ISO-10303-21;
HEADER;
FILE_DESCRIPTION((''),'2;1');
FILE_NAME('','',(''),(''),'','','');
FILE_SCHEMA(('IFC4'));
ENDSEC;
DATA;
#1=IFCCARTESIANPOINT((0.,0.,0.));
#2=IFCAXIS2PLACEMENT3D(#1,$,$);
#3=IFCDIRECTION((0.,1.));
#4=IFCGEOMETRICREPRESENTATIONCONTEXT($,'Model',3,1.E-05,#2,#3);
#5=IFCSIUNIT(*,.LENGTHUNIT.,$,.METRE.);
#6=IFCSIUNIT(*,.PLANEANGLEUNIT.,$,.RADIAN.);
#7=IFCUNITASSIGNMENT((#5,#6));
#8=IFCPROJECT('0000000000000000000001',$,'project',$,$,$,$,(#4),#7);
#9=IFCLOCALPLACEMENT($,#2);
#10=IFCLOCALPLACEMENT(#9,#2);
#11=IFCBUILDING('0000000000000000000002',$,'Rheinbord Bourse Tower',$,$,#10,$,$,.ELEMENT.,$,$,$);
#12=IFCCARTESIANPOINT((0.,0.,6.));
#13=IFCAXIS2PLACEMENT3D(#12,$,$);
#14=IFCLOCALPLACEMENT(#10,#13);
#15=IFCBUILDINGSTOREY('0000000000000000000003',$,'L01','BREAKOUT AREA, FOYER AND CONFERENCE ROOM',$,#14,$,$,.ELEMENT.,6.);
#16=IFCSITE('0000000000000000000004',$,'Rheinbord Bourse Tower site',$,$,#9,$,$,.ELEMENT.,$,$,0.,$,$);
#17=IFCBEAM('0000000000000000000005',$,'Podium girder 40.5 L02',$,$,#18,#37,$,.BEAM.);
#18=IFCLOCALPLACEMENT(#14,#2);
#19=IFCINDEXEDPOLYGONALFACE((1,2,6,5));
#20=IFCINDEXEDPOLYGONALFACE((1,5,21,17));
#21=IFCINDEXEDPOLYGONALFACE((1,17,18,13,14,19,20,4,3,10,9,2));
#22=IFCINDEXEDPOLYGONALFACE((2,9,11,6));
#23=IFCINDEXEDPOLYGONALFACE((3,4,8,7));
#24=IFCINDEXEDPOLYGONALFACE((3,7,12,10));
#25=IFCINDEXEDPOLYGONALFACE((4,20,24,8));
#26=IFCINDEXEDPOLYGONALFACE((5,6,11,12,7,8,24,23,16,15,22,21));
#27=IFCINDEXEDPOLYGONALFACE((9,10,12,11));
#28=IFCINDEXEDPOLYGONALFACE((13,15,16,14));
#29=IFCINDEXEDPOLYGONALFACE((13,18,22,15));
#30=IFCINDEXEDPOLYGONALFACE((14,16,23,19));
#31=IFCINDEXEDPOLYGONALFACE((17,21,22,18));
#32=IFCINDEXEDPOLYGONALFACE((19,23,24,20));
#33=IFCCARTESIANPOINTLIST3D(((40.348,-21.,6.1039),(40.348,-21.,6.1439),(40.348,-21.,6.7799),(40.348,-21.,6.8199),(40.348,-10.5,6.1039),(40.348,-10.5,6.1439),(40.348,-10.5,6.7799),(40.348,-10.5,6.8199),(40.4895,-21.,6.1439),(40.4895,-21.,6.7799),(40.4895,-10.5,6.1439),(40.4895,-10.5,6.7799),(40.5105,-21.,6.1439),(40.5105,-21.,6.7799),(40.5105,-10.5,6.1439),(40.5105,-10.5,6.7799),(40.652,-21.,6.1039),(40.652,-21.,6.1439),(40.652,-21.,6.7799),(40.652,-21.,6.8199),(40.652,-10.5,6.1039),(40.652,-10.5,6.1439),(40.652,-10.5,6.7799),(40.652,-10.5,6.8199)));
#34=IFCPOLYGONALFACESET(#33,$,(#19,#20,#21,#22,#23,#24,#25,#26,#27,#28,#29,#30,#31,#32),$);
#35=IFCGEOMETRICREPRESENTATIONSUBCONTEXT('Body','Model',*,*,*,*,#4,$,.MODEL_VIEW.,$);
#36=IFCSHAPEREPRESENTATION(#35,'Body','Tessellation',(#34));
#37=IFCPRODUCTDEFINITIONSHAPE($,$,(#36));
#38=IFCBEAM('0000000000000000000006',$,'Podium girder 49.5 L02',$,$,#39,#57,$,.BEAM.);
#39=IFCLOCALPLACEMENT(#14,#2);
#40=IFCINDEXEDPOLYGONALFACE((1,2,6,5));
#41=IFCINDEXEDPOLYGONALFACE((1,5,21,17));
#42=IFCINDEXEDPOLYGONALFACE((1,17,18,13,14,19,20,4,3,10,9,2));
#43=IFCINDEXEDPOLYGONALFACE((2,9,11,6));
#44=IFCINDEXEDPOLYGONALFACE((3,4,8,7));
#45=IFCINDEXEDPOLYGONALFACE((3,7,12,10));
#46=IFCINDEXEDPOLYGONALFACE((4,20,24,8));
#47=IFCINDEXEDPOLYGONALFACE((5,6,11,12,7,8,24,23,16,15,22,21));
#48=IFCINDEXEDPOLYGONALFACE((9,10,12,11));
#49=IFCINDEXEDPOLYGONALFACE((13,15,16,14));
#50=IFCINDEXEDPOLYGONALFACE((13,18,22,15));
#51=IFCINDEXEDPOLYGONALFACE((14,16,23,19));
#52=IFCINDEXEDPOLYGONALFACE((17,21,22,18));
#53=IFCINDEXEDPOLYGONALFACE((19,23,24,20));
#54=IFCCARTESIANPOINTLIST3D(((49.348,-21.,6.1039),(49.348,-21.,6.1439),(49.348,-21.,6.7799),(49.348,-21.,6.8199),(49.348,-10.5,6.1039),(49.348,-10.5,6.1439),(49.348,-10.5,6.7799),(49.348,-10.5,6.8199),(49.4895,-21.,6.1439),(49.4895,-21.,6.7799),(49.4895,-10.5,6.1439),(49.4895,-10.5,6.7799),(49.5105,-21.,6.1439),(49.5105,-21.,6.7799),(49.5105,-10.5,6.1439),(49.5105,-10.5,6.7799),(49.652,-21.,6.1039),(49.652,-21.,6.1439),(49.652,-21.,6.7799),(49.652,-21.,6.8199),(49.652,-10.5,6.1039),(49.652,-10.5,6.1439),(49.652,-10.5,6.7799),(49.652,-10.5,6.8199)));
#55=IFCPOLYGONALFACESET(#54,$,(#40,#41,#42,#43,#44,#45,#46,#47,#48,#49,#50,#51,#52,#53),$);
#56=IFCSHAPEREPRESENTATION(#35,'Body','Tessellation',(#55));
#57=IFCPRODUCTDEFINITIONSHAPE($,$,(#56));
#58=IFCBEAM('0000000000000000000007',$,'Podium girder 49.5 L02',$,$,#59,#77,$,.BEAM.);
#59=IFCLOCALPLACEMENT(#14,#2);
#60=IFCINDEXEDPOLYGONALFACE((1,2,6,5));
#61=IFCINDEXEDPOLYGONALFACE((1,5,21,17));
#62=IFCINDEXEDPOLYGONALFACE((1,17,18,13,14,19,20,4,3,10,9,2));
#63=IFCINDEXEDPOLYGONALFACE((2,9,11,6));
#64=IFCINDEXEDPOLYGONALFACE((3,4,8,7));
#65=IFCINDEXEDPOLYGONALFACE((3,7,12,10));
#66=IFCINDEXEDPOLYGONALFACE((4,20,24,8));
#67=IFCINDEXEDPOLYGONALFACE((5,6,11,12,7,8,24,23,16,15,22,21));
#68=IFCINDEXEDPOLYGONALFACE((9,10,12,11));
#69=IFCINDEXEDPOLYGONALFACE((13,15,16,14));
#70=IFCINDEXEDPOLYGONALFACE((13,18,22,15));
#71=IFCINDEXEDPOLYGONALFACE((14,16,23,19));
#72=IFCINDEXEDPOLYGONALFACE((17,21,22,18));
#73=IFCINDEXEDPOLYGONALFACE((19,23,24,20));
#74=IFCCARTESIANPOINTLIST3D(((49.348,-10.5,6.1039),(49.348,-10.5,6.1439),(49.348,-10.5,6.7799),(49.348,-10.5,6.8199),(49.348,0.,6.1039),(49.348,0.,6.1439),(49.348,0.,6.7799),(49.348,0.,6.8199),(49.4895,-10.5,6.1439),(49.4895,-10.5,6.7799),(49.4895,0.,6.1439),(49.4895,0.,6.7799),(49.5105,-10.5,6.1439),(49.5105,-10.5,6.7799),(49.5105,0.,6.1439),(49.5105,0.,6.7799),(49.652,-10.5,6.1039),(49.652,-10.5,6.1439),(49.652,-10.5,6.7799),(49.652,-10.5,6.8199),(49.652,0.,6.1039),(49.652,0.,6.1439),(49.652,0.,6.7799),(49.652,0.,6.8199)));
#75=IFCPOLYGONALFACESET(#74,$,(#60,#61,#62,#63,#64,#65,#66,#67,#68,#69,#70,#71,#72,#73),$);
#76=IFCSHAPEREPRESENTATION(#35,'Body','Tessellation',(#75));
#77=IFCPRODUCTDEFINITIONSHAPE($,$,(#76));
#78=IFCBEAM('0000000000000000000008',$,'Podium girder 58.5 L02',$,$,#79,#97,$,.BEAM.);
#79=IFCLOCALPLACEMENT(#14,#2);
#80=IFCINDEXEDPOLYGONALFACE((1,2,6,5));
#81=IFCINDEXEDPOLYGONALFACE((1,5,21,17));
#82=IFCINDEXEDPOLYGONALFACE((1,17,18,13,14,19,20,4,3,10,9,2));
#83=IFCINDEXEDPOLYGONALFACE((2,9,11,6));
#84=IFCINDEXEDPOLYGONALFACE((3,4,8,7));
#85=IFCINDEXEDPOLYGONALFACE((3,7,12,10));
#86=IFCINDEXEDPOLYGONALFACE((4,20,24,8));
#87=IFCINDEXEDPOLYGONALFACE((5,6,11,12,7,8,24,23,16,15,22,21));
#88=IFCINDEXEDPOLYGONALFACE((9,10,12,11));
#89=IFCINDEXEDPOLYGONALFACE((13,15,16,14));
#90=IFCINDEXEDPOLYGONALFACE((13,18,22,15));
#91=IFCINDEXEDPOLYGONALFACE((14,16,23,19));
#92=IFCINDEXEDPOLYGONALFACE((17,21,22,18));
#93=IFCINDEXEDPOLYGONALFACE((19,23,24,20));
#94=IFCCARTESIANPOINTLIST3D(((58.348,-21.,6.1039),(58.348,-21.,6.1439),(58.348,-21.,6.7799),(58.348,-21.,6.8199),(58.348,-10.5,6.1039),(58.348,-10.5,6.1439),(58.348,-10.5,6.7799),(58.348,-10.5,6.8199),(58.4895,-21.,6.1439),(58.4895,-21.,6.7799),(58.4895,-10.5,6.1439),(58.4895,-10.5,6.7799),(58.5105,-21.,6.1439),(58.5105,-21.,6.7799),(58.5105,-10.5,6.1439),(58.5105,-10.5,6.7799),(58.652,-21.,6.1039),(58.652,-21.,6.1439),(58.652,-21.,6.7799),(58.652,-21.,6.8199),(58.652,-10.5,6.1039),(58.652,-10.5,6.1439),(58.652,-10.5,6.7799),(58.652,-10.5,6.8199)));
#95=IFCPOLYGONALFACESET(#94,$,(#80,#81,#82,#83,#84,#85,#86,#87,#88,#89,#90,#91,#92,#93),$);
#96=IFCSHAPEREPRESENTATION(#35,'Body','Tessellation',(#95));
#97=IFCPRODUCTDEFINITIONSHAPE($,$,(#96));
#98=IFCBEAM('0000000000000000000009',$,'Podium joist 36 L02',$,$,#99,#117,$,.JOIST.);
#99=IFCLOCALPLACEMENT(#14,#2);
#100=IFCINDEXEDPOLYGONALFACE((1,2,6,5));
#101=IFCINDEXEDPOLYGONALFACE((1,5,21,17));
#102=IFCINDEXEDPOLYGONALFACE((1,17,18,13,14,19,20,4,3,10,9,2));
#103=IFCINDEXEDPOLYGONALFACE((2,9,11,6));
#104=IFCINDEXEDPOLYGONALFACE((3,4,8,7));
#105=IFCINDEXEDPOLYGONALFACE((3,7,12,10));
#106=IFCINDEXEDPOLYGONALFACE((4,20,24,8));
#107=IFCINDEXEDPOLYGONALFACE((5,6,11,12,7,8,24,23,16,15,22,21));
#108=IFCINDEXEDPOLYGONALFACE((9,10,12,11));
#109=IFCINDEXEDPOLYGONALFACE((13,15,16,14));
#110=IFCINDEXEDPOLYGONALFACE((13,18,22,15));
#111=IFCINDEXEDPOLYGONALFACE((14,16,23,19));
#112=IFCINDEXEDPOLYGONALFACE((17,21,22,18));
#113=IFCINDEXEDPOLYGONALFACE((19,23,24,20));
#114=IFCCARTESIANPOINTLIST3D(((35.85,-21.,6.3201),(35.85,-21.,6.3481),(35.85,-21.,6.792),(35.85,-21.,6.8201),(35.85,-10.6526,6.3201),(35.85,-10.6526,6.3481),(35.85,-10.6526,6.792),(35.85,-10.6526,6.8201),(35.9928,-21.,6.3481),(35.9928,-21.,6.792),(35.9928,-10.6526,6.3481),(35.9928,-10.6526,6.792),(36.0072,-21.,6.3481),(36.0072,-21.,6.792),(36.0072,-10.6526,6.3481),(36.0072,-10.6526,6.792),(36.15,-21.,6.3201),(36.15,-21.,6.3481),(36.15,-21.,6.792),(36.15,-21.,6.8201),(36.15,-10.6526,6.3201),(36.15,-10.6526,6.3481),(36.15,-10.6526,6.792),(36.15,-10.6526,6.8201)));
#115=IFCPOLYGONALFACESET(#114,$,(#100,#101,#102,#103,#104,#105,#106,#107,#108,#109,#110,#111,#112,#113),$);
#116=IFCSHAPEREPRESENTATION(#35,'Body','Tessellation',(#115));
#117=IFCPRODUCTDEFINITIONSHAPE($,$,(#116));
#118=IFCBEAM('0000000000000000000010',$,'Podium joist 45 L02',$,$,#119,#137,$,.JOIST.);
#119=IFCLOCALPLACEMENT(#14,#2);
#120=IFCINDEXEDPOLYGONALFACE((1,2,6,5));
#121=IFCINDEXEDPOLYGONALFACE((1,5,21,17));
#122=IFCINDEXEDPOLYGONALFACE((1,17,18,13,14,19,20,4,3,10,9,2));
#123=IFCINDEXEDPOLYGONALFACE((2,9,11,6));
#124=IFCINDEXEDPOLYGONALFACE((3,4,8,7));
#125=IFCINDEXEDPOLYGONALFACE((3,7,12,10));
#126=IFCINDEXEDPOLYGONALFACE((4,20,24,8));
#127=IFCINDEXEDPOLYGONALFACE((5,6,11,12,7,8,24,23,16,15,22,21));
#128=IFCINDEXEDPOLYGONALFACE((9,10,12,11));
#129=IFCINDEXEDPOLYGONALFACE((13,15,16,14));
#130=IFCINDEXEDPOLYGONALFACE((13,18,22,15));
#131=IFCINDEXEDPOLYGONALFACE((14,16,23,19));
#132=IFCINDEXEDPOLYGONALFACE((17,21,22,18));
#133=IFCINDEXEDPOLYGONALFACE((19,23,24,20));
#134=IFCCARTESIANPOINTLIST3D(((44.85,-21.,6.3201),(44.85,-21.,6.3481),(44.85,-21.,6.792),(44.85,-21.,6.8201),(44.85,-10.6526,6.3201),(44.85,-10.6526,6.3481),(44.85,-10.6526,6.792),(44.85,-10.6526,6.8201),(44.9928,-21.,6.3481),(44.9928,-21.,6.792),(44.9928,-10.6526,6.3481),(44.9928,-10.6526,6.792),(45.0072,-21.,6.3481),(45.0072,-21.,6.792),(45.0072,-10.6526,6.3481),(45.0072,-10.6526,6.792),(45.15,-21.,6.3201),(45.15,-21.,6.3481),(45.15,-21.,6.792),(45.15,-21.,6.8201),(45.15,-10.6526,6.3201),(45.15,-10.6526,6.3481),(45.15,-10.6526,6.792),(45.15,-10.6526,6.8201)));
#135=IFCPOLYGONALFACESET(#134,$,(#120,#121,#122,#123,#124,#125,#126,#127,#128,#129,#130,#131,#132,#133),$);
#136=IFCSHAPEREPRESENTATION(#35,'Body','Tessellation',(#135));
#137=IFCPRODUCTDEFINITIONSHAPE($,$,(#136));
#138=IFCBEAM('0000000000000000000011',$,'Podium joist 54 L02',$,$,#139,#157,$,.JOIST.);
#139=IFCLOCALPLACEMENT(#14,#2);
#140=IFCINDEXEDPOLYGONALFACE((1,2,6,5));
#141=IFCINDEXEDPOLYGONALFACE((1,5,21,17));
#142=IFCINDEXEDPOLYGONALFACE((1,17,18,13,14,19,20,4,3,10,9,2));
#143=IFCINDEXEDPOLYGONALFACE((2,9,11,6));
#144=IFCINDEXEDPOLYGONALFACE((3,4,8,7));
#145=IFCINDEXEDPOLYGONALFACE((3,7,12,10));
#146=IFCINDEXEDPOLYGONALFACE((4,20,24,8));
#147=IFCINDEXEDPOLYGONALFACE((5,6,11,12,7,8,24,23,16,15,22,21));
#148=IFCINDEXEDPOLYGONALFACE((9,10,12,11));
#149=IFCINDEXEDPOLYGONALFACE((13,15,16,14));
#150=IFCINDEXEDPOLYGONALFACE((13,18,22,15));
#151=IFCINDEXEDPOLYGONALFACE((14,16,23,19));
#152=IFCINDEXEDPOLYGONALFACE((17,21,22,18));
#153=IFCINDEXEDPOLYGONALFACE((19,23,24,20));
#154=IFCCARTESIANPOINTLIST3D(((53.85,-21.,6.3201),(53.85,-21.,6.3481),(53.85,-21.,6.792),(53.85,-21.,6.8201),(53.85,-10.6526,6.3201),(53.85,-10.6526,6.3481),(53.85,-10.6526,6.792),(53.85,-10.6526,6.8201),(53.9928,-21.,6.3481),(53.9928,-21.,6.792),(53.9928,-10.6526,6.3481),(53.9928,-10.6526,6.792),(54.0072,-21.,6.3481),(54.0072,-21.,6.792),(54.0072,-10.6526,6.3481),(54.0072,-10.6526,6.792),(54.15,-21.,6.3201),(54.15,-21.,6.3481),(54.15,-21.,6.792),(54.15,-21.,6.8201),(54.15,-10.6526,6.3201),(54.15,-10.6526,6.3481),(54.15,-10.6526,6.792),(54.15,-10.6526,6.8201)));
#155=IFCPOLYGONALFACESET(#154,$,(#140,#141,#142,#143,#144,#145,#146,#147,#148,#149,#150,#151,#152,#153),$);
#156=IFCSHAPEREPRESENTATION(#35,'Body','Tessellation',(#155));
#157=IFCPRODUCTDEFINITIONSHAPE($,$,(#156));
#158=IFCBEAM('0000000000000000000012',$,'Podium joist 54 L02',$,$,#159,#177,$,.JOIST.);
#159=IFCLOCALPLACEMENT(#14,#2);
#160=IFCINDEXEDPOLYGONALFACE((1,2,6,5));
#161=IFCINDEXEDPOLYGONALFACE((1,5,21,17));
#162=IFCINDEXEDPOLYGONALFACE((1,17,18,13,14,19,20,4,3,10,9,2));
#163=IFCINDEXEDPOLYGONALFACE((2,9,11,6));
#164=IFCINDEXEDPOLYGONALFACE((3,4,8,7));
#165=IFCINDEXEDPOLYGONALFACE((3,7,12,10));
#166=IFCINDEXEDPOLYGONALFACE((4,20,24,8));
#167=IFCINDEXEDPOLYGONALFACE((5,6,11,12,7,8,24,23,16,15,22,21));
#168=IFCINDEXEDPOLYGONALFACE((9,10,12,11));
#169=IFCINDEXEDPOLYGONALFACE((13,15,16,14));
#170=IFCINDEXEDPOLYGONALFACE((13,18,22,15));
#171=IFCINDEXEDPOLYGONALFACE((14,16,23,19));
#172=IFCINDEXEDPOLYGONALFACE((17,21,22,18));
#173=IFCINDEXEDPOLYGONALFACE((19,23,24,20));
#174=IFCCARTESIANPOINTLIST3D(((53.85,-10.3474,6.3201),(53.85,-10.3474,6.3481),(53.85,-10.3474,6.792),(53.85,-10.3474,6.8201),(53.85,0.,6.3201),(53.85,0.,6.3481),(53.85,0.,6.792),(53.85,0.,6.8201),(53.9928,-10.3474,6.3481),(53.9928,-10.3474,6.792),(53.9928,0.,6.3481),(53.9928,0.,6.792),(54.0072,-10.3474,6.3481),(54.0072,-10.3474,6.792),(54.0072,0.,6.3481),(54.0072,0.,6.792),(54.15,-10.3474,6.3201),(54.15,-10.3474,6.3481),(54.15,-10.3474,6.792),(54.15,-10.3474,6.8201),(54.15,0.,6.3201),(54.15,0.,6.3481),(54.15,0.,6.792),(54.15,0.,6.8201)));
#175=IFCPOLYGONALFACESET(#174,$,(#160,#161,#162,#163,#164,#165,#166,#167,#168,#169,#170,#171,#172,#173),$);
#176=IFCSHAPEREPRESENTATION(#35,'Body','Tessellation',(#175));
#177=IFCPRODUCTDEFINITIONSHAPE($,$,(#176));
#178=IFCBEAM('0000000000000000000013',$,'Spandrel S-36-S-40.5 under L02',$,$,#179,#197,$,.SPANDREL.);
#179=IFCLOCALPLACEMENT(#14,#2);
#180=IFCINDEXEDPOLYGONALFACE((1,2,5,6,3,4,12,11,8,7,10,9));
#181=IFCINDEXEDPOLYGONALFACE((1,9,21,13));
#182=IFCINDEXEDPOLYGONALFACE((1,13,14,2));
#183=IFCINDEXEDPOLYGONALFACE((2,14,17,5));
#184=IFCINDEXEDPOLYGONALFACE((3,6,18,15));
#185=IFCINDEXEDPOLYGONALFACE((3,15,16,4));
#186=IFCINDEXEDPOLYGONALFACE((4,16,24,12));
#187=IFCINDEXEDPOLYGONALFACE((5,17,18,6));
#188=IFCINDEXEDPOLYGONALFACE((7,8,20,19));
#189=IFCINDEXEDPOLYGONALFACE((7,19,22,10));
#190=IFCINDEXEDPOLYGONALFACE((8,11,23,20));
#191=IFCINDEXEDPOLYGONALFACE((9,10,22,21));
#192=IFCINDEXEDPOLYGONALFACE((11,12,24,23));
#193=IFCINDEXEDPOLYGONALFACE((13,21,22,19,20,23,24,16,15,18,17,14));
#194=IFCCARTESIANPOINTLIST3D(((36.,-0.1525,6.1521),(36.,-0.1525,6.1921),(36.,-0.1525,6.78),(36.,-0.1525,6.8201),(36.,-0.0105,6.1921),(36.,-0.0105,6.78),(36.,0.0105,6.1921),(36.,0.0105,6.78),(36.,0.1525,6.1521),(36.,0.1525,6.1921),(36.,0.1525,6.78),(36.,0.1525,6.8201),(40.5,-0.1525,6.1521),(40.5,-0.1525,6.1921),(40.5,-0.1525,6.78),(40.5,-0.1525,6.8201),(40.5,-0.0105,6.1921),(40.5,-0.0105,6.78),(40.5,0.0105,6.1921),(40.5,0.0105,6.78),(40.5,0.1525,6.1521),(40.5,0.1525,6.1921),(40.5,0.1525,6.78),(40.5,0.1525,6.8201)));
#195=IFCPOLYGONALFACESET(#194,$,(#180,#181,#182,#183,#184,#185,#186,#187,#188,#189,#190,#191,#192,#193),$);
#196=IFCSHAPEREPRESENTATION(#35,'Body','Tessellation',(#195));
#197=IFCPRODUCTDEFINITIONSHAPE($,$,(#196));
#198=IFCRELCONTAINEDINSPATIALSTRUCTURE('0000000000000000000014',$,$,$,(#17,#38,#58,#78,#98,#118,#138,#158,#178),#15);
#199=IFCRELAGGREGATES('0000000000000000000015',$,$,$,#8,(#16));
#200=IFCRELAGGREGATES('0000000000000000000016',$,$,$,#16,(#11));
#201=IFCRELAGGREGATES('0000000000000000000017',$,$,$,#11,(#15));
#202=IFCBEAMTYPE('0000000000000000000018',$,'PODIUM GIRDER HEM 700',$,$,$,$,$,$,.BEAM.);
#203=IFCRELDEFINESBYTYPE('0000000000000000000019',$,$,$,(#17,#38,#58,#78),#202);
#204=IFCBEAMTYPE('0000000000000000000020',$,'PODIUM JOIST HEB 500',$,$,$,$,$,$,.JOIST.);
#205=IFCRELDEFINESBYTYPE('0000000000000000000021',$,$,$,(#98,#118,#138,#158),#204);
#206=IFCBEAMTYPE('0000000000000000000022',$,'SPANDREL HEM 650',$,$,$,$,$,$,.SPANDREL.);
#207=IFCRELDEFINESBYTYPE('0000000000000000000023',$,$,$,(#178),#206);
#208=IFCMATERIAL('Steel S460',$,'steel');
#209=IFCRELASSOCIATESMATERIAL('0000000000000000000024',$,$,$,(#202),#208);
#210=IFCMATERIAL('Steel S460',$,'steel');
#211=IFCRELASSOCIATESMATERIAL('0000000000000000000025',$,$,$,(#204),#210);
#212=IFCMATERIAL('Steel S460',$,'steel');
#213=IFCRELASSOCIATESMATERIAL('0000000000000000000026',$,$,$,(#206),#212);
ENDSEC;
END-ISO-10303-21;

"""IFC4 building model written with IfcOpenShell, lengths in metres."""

from ifc_helpers import new_model, si_unit, direction, frame, origin, origin_2d, place, context, subcontext, project, spatial, i_section, extrude, material, material_profile, profile_set, type_object, element, save


model = new_model("IFC4")

# Units and contexts
model_context = context("Model", 3, precision=1e-05, world=origin(), true_north=direction((0.0, 1.0)))
body_context = subcontext(model_context, "Body", "Model", "MODEL_VIEW")
ifc_project = project(units=[si_unit("LENGTHUNIT", "METRE"), si_unit("PLANEANGLEUNIT", "RADIAN")], contexts=[model_context])

# Site, building, storey
site_placement = place(None, origin())
site = spatial("IfcSite", under=ifc_project, at=site_placement, Name="Rheinbord Bourse Tower site", CompositionType="ELEMENT", RefElevation=0.0)
building_placement = place(site_placement, origin())
building = spatial("IfcBuilding", under=site, at=building_placement, Name="Rheinbord Bourse Tower", CompositionType="ELEMENT")
storey_placement = place(building_placement, frame((0.0, 0.0, 6.0)))
storey = spatial("IfcBuildingStorey", under=building, at=storey_placement, Name="L01", Description="BREAKOUT AREA, FOYER AND CONFERENCE ROOM", CompositionType="ELEMENT", Elevation=6.0)

# Beams
ifc_material_1 = material(Name="Steel S460", Category="steel")
ifc_material_profile_1 = material_profile(ifc_material_1, i_section(OverallWidth=0.304, OverallDepth=0.7161, WebThickness=0.021, FlangeThickness=0.04, at=origin_2d()), Name="HEM 700")
ifc_profile_set_1 = profile_set([ifc_material_profile_1], Name="Steel S460")
beam_type_1 = type_object("IfcBeamType", Name="PODIUM GIRDER HEM 700", PredefinedType="BEAM", material=ifc_profile_set_1)
for number, where, z_axis, x_axis, name in (
    (1, (40.5, -21.0, 6.4619), (0.0, 1.0, 0.0), (-1.0, 0.0, 0.0), "Podium girder 40.5 L02"),
    (2, (49.5, -21.0, 6.4619), (0.0, 1.0, 0.0), (-1.0, 0.0, 0.0), "Podium girder 49.5 L02"),
    (3, (49.5, -10.5, 6.4619), (0.0, 1.0, 0.0), (-1.0, 0.0, 0.0), "Podium girder 49.5 L02"),
    (4, (58.5, -21.0, 6.4619), (0.0, 1.0, 0.0), (-1.0, 0.0, 0.0), "Podium girder 58.5 L02"),
):
    element("IfcBeam", number, at=place(storey_placement, frame(where, z_axis=z_axis, x_axis=x_axis)), inside=storey, type_object=beam_type_1, Name=name, PredefinedType="BEAM", context=body_context, shape_type="SweptSolid", body=[
        extrude(i_section(OverallWidth=0.304, OverallDepth=0.7161, WebThickness=0.021, FlangeThickness=0.04, at=origin_2d()), origin(), (0.0, 0.0, 1.0), 10.5),
    ])
ifc_material_2 = material(Name="Steel S460", Category="steel")
ifc_material_profile_2 = material_profile(ifc_material_2, i_section(OverallWidth=0.3, OverallDepth=0.5, WebThickness=0.0144, FlangeThickness=0.0281, at=origin_2d()), Name="HEB 500")
ifc_profile_set_2 = profile_set([ifc_material_profile_2], Name="Steel S460")
beam_type_2 = type_object("IfcBeamType", Name="PODIUM JOIST HEB 500", PredefinedType="JOIST", material=ifc_profile_set_2)
for number, where, z_axis, x_axis, name in (
    (5, (36.0, -21.0, 6.5701), (0.0, 1.0, 0.0), (-1.0, 0.0, 0.0), "Podium joist 36 L02"),
    (6, (45.0, -21.0, 6.5701), (0.0, 1.0, 0.0), (-1.0, 0.0, 0.0), "Podium joist 45 L02"),
    (7, (54.0, -21.0, 6.5701), (0.0, 1.0, 0.0), (-1.0, 0.0, 0.0), "Podium joist 54 L02"),
    (8, (54.0, -10.3474, 6.5701), (0.0, 1.0, 0.0), (-1.0, 0.0, 0.0), "Podium joist 54 L02"),
):
    element("IfcBeam", number, at=place(storey_placement, frame(where, z_axis=z_axis, x_axis=x_axis)), inside=storey, type_object=beam_type_2, Name=name, PredefinedType="JOIST", context=body_context, shape_type="SweptSolid", body=[
        extrude(i_section(OverallWidth=0.3, OverallDepth=0.5, WebThickness=0.0144, FlangeThickness=0.0281, at=origin_2d()), origin(), (0.0, 0.0, 1.0), 10.3474),
    ])
ifc_material_3 = material(Name="Steel S460", Category="steel")
ifc_material_profile_3 = material_profile(ifc_material_3, i_section(OverallWidth=0.3049, OverallDepth=0.668, WebThickness=0.021, FlangeThickness=0.04, at=origin_2d()), Name="HEM 650")
ifc_profile_set_3 = profile_set([ifc_material_profile_3], Name="Steel S460")
beam_type_3 = type_object("IfcBeamType", Name="SPANDREL HEM 650", PredefinedType="SPANDREL", material=ifc_profile_set_3)
for number, where, z_axis, x_axis, name in (
    (9, (36.0, 0.0, 6.4861), (1.0, 0.0, 0.0), (0.0, 1.0, 0.0), "Spandrel S-36-S-40.5 under L02"),
):
    element("IfcBeam", number, at=place(storey_placement, frame(where, z_axis=z_axis, x_axis=x_axis)), inside=storey, type_object=beam_type_3, Name=name, PredefinedType="SPANDREL", context=body_context, shape_type="SweptSolid", body=[
        extrude(i_section(OverallWidth=0.3049, OverallDepth=0.668, WebThickness=0.021, FlangeThickness=0.04, at=origin_2d()), origin(), (0.0, 0.0, 1.0), 4.5),
    ])

save(model, "model.ifc")
